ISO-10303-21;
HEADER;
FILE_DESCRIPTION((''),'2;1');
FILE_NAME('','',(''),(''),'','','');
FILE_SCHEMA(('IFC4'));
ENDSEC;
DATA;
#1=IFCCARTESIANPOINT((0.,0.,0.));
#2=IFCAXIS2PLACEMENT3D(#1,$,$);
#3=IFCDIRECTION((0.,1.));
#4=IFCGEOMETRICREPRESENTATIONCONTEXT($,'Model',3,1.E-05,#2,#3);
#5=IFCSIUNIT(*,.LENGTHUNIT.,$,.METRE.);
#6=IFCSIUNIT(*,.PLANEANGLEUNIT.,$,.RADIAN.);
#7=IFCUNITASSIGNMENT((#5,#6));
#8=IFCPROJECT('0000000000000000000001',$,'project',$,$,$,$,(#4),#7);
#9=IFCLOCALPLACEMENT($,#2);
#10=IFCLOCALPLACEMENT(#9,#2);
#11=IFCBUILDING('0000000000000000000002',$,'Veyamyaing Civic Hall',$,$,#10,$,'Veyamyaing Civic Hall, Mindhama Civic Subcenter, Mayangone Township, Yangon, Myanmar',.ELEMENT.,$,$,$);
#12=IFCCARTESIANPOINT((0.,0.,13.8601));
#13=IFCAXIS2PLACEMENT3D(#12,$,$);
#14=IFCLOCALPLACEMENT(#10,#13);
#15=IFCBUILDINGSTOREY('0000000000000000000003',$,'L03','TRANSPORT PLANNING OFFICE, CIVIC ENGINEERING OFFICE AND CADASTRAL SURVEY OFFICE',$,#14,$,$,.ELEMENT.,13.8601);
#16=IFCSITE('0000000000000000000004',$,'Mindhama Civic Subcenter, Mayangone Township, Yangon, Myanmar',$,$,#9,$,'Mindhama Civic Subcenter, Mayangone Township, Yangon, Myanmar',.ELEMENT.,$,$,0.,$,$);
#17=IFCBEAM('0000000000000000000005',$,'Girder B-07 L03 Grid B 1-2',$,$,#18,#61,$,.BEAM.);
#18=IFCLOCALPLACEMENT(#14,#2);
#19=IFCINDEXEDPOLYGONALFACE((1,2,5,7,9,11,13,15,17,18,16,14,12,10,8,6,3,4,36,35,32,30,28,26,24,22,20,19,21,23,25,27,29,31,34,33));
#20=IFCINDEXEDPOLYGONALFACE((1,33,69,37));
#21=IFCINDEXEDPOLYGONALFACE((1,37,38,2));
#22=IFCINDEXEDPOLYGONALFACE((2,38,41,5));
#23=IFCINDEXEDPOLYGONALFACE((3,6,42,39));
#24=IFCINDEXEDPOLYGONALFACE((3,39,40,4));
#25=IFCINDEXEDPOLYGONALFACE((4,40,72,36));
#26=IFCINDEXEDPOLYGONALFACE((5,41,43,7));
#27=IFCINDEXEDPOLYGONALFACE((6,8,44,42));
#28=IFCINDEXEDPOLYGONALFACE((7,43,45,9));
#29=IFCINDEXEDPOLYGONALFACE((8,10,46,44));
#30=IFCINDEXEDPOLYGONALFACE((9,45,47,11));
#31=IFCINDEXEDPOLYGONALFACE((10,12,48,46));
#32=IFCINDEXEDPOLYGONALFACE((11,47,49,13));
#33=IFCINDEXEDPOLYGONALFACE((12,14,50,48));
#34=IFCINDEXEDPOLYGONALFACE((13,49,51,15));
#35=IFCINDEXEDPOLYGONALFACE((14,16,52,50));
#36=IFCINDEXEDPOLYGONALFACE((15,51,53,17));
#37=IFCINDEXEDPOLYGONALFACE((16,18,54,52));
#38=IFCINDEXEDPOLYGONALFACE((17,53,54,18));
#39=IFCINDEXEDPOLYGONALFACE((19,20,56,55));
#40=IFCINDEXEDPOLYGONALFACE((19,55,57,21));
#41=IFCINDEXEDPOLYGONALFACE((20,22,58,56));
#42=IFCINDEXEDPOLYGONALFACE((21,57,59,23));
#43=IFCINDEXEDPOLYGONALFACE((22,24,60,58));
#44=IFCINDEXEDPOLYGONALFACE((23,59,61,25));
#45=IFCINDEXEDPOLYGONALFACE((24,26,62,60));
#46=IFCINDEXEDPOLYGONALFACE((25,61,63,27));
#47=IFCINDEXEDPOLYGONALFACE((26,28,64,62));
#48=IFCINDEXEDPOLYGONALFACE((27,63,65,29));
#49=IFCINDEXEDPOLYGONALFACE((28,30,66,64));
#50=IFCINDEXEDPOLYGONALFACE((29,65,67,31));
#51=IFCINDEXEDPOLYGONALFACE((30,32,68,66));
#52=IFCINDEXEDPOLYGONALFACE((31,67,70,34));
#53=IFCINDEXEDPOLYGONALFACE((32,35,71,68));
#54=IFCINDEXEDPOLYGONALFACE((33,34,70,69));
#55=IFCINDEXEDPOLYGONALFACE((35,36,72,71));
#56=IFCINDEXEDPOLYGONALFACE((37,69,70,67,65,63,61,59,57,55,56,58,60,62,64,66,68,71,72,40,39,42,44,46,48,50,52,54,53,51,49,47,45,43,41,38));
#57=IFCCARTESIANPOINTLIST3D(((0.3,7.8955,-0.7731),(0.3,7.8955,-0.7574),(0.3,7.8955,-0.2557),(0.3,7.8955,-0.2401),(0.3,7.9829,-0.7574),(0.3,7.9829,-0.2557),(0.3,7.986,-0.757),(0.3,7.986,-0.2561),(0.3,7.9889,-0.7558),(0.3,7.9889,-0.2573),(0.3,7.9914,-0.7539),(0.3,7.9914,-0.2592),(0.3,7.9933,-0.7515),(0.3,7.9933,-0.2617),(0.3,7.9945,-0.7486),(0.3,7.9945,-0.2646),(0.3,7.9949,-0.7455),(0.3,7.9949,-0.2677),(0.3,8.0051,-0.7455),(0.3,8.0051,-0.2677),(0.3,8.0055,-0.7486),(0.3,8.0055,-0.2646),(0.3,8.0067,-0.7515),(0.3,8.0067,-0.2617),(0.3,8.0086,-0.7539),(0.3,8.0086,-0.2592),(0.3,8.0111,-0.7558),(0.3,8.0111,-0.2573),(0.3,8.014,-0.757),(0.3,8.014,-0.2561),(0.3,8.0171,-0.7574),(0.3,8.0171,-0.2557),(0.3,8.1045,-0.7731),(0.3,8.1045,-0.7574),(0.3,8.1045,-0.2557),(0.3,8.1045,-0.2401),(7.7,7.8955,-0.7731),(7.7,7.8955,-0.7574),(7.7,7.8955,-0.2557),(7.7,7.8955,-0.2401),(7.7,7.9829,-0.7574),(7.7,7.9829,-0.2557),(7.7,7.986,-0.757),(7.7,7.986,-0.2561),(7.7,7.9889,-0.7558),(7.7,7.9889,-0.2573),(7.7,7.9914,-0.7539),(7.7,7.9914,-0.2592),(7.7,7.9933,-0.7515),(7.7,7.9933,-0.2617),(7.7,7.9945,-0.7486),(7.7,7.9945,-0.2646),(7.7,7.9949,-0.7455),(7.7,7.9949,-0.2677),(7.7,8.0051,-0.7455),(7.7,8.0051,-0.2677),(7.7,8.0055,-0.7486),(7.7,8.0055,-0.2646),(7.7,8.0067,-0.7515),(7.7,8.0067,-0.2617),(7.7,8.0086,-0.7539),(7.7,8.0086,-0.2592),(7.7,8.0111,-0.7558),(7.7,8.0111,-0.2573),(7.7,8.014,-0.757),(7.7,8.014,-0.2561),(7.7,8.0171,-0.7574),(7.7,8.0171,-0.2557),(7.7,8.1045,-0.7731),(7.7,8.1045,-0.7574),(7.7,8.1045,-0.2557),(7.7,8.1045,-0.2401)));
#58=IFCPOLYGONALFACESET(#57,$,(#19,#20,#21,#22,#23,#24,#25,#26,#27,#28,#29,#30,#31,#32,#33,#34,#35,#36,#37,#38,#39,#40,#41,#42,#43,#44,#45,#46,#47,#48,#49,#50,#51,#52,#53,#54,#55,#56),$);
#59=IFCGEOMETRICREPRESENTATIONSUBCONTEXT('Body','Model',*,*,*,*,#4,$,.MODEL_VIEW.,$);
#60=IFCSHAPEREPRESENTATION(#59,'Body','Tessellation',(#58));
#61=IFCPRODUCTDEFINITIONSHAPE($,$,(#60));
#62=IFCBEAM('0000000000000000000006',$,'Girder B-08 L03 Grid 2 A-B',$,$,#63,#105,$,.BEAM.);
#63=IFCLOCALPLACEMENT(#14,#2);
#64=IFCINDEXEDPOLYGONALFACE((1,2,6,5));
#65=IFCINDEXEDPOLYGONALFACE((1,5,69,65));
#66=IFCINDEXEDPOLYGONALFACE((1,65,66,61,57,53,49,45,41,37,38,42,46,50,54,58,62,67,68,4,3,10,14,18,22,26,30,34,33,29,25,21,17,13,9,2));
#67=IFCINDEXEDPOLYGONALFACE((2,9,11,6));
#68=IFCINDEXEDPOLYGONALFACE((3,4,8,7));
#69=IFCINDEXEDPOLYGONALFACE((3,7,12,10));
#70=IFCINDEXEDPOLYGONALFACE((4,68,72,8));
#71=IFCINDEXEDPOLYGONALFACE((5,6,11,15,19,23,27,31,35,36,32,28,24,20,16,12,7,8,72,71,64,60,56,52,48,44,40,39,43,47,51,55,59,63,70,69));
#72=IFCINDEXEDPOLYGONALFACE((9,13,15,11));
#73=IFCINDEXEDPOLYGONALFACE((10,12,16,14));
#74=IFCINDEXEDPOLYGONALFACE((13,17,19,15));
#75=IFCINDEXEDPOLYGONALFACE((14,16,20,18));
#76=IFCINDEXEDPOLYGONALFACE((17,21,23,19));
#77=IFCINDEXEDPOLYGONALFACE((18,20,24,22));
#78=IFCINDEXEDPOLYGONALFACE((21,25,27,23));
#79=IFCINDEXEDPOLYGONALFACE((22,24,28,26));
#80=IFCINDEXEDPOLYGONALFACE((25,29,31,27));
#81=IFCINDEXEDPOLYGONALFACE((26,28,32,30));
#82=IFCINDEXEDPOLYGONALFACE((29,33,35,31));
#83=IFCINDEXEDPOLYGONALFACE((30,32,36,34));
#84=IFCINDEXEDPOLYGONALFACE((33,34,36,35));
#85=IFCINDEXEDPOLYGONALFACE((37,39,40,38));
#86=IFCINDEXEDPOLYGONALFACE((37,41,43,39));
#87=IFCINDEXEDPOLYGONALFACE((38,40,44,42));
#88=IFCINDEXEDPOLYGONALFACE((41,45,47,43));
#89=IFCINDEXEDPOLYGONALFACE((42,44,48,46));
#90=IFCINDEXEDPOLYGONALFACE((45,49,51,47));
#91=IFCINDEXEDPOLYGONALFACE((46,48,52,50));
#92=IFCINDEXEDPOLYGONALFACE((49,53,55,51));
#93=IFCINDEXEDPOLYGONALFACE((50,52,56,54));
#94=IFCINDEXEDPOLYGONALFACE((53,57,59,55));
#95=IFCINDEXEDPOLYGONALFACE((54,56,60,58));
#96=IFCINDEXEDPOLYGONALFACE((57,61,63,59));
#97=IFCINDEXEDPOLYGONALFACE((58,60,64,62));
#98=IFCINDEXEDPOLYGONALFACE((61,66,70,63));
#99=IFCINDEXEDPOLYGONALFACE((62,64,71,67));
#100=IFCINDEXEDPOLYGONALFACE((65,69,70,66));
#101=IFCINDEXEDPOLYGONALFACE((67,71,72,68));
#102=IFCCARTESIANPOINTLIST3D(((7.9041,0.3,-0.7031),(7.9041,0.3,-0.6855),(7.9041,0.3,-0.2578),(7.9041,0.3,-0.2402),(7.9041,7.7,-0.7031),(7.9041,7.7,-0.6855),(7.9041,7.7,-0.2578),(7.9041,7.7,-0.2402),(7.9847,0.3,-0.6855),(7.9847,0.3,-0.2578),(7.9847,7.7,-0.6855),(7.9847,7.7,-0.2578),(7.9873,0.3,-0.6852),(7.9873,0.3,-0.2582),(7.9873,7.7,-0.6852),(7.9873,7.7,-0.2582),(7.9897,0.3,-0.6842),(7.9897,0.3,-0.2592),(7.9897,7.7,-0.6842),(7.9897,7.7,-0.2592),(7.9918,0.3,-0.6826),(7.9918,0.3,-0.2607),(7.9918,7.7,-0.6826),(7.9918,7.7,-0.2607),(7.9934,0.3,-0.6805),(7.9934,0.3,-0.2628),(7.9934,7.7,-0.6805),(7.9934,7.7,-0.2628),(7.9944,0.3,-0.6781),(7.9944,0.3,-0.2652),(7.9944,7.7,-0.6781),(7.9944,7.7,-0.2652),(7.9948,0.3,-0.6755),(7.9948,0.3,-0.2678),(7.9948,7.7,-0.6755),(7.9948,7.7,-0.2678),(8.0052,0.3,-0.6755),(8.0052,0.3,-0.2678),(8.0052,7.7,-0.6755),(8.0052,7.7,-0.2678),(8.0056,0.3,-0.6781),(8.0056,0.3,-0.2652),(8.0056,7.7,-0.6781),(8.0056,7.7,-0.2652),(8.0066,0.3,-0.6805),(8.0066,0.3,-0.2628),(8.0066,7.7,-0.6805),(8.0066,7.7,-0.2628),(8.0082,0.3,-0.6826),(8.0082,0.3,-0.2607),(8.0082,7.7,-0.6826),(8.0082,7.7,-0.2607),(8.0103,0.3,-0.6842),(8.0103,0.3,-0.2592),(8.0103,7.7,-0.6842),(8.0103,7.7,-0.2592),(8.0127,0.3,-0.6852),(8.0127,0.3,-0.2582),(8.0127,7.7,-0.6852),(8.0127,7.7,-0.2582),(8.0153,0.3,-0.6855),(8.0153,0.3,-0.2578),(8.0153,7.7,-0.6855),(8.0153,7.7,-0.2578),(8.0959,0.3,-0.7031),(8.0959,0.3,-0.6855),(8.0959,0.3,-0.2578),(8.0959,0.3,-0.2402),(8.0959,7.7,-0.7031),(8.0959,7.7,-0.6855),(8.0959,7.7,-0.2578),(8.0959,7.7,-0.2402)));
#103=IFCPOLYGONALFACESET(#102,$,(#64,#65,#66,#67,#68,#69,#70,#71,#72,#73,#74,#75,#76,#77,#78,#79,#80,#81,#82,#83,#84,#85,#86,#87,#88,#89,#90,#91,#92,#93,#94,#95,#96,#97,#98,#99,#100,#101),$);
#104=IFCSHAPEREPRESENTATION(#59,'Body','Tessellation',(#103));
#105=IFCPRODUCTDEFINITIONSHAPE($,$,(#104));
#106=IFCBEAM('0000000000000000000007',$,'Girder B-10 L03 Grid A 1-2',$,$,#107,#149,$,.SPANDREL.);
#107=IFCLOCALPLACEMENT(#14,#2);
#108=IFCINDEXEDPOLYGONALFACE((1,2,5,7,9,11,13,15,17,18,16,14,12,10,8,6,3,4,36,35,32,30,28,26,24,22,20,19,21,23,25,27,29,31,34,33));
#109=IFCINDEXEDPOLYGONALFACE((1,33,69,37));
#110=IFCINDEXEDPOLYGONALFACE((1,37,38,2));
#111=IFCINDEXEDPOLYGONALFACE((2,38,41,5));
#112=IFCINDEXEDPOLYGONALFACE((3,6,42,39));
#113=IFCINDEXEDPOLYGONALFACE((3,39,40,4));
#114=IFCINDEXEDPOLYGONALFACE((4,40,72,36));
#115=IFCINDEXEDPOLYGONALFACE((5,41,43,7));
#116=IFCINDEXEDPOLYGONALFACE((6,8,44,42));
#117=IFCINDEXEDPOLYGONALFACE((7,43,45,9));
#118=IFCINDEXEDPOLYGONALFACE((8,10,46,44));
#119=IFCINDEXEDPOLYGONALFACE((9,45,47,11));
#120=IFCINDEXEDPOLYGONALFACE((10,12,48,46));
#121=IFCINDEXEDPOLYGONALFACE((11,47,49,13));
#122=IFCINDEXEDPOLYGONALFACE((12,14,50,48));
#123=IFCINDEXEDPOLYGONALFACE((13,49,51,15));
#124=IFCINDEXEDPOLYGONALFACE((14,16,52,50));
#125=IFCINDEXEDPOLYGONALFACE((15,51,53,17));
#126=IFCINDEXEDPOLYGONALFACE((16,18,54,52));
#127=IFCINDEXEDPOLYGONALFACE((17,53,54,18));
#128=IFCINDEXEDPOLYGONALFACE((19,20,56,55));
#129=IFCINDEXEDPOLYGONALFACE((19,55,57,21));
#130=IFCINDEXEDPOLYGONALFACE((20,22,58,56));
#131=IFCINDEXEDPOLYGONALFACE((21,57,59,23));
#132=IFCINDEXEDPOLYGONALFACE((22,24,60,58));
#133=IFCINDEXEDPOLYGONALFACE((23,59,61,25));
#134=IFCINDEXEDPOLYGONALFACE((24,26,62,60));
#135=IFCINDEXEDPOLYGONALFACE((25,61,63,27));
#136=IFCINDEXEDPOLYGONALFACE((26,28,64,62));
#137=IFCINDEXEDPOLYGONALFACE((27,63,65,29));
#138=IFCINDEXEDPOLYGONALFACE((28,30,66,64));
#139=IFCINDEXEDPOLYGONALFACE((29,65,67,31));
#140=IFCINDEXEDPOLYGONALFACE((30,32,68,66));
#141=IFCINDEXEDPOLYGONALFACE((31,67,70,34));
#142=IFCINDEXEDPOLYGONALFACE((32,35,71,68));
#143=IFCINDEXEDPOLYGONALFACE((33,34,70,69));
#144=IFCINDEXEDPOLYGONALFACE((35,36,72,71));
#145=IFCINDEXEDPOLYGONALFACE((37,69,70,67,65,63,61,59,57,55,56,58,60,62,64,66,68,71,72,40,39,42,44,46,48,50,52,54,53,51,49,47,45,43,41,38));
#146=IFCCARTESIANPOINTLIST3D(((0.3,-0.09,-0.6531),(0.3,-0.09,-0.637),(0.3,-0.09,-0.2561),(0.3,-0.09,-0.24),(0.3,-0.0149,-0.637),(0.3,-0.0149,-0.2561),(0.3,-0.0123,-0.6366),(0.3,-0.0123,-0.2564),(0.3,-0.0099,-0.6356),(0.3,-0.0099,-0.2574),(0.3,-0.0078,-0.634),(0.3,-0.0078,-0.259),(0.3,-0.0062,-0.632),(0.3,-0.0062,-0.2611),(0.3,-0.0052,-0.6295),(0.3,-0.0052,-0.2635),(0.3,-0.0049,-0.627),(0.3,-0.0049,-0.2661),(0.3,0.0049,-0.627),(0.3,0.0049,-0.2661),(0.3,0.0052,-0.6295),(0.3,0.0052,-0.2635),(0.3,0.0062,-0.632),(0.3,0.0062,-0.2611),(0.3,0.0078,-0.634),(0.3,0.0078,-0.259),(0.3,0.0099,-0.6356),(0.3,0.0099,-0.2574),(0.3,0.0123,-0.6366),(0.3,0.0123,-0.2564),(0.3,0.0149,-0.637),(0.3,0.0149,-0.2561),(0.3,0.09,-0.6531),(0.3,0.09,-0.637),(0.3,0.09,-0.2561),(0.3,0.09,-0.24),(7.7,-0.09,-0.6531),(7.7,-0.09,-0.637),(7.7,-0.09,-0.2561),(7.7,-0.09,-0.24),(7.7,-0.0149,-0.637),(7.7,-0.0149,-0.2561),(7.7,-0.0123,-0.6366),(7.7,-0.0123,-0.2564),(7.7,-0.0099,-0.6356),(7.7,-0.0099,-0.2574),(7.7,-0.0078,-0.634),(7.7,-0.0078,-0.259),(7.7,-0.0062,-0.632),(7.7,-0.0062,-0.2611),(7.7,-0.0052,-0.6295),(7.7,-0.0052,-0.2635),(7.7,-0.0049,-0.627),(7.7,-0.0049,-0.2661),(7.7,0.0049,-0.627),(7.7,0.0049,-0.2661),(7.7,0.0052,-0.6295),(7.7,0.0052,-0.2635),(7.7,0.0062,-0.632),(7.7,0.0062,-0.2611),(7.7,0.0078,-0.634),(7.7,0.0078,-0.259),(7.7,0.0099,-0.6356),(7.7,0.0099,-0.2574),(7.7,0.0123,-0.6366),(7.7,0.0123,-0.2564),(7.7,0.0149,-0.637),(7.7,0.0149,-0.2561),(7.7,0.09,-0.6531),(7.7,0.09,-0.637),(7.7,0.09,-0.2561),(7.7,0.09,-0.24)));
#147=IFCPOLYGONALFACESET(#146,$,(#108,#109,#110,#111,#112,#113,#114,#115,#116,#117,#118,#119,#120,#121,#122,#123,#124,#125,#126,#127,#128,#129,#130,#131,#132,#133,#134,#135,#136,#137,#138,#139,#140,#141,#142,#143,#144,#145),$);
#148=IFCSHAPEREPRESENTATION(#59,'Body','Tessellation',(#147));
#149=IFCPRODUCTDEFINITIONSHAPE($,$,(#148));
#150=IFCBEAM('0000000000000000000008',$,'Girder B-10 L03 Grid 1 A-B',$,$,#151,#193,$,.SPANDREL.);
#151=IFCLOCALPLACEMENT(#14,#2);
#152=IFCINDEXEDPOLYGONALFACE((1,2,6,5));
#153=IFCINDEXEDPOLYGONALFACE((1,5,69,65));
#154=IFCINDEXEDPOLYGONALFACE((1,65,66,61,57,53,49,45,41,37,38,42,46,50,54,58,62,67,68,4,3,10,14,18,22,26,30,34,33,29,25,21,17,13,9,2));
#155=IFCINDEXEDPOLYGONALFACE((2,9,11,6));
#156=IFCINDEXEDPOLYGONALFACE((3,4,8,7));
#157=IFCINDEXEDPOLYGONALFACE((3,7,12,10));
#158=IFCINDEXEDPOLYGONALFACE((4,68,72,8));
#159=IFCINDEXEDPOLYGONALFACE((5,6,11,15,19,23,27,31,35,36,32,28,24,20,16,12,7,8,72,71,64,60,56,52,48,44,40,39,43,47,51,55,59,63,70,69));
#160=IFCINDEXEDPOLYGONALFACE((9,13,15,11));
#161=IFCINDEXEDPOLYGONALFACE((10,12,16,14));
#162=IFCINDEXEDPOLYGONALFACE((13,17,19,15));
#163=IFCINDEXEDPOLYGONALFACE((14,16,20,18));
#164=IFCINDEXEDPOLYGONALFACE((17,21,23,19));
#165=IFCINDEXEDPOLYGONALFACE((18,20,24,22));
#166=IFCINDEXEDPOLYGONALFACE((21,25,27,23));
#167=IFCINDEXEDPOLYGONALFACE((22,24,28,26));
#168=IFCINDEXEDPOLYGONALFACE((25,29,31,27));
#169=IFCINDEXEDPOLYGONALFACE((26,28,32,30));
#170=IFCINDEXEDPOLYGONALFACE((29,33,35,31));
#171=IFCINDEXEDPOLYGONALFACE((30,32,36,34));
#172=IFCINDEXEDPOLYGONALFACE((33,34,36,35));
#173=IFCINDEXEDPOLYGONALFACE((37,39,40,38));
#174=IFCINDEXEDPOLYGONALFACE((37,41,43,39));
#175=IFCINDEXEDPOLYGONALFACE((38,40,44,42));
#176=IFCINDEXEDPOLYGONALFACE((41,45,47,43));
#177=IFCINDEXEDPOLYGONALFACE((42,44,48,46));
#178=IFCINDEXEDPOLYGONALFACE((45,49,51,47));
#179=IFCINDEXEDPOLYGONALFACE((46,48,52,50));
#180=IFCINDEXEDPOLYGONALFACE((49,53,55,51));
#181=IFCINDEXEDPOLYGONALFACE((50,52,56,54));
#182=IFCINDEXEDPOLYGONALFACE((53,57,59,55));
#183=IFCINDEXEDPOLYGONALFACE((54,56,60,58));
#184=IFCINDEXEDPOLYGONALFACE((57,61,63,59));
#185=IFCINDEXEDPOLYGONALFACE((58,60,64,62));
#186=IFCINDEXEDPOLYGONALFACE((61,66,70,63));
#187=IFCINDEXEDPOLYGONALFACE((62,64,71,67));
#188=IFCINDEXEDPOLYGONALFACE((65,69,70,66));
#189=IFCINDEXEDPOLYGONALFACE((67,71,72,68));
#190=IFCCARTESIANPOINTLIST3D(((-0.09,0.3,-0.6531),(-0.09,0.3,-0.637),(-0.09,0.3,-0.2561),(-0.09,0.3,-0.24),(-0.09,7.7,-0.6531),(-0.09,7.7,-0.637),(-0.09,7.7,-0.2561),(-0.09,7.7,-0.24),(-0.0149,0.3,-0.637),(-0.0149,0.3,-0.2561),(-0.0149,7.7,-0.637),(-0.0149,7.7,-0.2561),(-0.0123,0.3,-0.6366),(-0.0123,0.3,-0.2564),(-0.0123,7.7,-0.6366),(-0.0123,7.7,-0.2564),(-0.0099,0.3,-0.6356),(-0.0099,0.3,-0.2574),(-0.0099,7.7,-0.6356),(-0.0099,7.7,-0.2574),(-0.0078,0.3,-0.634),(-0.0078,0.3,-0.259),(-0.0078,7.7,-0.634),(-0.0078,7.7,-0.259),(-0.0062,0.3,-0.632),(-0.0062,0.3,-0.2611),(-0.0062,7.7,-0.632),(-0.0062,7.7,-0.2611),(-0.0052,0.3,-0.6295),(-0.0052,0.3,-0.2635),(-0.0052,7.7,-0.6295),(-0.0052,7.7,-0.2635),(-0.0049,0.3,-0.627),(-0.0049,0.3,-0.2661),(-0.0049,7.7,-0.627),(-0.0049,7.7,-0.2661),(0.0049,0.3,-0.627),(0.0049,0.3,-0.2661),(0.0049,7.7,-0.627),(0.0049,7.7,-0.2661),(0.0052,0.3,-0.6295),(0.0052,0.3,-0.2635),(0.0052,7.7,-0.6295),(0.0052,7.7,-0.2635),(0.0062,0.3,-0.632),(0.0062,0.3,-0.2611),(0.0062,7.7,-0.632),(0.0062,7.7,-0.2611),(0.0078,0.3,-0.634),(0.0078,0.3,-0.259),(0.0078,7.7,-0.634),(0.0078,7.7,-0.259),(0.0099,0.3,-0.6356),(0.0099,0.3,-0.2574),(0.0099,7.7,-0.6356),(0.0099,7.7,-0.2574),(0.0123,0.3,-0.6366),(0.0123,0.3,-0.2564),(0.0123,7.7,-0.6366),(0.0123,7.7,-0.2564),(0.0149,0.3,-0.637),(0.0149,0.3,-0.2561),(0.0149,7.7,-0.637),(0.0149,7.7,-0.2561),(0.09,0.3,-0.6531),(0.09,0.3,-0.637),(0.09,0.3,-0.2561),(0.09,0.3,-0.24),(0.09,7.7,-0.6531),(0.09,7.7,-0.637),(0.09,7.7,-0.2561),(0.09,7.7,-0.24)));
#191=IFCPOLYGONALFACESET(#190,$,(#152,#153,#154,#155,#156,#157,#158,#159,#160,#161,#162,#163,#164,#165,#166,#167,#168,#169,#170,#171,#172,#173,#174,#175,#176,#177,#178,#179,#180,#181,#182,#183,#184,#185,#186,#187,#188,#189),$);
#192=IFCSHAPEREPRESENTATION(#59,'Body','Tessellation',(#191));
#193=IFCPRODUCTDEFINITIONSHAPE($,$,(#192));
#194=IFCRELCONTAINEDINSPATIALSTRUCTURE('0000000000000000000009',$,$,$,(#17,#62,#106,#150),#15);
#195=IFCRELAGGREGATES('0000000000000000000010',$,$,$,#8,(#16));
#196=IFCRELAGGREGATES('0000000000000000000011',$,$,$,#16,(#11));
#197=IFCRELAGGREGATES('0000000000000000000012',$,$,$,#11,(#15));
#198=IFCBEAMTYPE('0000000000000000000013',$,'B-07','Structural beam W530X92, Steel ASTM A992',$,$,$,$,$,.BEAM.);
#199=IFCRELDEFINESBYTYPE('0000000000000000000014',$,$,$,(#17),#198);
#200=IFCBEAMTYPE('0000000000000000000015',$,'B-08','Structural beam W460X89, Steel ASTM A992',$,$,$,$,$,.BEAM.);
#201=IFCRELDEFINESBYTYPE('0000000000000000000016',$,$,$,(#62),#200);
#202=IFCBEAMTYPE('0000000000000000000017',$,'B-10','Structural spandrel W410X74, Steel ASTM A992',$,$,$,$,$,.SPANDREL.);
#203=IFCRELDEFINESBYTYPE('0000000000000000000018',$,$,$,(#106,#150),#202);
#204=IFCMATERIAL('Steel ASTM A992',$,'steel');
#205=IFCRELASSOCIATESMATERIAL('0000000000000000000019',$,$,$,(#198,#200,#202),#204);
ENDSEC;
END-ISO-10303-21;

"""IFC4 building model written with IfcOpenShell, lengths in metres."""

from ifc_helpers import new_model, si_unit, direction, frame, origin, origin_2d, place, context, subcontext, project, spatial, i_section, extrude, material, material_profile, profile_set, type_object, element, save


model = new_model("IFC4")

# Units and contexts
model_context = context("Model", 3, precision=1e-05, world=origin(), true_north=direction((0.0, 1.0)))
body_context = subcontext(model_context, "Body", "Model", "MODEL_VIEW")
ifc_project = project(units=[si_unit("LENGTHUNIT", "METRE"), si_unit("PLANEANGLEUNIT", "RADIAN")], contexts=[model_context])

# Site, building, storey
site_placement = place(None, origin())
site = spatial("IfcSite", under=ifc_project, at=site_placement, Name="Mindhama Civic Subcenter, Mayangone Township, Yangon, Myanmar", LongName="Mindhama Civic Subcenter, Mayangone Township, Yangon, Myanmar", CompositionType="ELEMENT", RefElevation=0.0)
building_placement = place(site_placement, origin())
building = spatial("IfcBuilding", under=site, at=building_placement, Name="Veyamyaing Civic Hall", LongName="Veyamyaing Civic Hall, Mindhama Civic Subcenter, Mayangone Township, Yangon, Myanmar", CompositionType="ELEMENT")
storey_placement = place(building_placement, frame((0.0, 0.0, 13.8601)))
storey = spatial("IfcBuildingStorey", under=building, at=storey_placement, Name="L03", Description="TRANSPORT PLANNING OFFICE, CIVIC ENGINEERING OFFICE AND CADASTRAL SURVEY OFFICE", CompositionType="ELEMENT", Elevation=13.8601)

# Beams
ifc_material_1 = material(Name="Steel ASTM A992", Category="steel")
ifc_material_profile_1 = material_profile(ifc_material_1, i_section(OverallWidth=0.209, OverallDepth=0.533, WebThickness=0.0103, FlangeThickness=0.0156, FilletRadius=0.012, at=origin_2d()), Name="W530X92")
ifc_profile_set_1 = profile_set([ifc_material_profile_1], Name="Steel ASTM A992")
beam_type_1 = type_object("IfcBeamType", Name="B-07", Description="Structural beam W530X92, Steel ASTM A992", PredefinedType="BEAM", material=ifc_profile_set_1)
beam_1_placement = place(storey_placement, frame((0.3, 8.0, -0.5066), z_axis=(1.0, 0.0, 0.0), x_axis=(0.0, 1.0, 0.0)))
element("IfcBeam", 1, at=beam_1_placement, inside=storey, type_object=beam_type_1, Name="Girder B-07 L03 Grid B 1-2", PredefinedType="BEAM", context=body_context, shape_type="SweptSolid", body=[
    extrude(i_section(OverallWidth=0.209, OverallDepth=0.533, WebThickness=0.0103, FlangeThickness=0.0156, FilletRadius=0.012, at=origin_2d()), origin(), (0.0, 0.0, 1.0), 7.3999),
])
ifc_material_profile_2 = material_profile(ifc_material_1, i_section(OverallWidth=0.1919, OverallDepth=0.4629, WebThickness=0.0105, FlangeThickness=0.0176, FilletRadius=0.01, at=origin_2d()), Name="W460X89")
ifc_profile_set_2 = profile_set([ifc_material_profile_2], Name="Steel ASTM A992")
beam_type_2 = type_object("IfcBeamType", Name="B-08", Description="Structural beam W460X89, Steel ASTM A992", PredefinedType="BEAM", material=ifc_profile_set_2)
beam_2_placement = place(storey_placement, frame((8.0, 0.3, -0.4717), z_axis=(0.0, 1.0, 0.0), x_axis=(-1.0, 0.0, 0.0)))
element("IfcBeam", 2, at=beam_2_placement, inside=storey, type_object=beam_type_2, Name="Girder B-08 L03 Grid 2 A-B", PredefinedType="BEAM", context=body_context, shape_type="SweptSolid", body=[
    extrude(i_section(OverallWidth=0.1919, OverallDepth=0.4629, WebThickness=0.0105, FlangeThickness=0.0176, FilletRadius=0.01, at=origin_2d()), origin(), (0.0, 0.0, 1.0), 7.3999),
])
ifc_material_profile_3 = material_profile(ifc_material_1, i_section(OverallWidth=0.1799, OverallDepth=0.4131, WebThickness=0.0098, FlangeThickness=0.0161, FilletRadius=0.01, at=origin_2d()), Name="W410X74")
ifc_profile_set_3 = profile_set([ifc_material_profile_3], Name="Steel ASTM A992")
beam_type_3 = type_object("IfcBeamType", Name="B-10", Description="Structural spandrel W410X74, Steel ASTM A992", PredefinedType="SPANDREL", material=ifc_profile_set_3)
for number, where, z_axis, x_axis, name in (
    (3, (0.3, 0.0, -0.4465), (1.0, 0.0, 0.0), (0.0, 1.0, 0.0), "Girder B-10 L03 Grid A 1-2"),
    (4, (0.0, 0.3, -0.4465), (0.0, 1.0, 0.0), (-1.0, 0.0, 0.0), "Girder B-10 L03 Grid 1 A-B"),
):
    element("IfcBeam", number, at=place(storey_placement, frame(where, z_axis=z_axis, x_axis=x_axis)), inside=storey, type_object=beam_type_3, Name=name, PredefinedType="SPANDREL", context=body_context, shape_type="SweptSolid", body=[
        extrude(i_section(OverallWidth=0.1799, OverallDepth=0.4131, WebThickness=0.0098, FlangeThickness=0.0161, FilletRadius=0.01, at=origin_2d()), origin(), (0.0, 0.0, 1.0), 7.3999),
    ])

save(model, "model.ifc")
